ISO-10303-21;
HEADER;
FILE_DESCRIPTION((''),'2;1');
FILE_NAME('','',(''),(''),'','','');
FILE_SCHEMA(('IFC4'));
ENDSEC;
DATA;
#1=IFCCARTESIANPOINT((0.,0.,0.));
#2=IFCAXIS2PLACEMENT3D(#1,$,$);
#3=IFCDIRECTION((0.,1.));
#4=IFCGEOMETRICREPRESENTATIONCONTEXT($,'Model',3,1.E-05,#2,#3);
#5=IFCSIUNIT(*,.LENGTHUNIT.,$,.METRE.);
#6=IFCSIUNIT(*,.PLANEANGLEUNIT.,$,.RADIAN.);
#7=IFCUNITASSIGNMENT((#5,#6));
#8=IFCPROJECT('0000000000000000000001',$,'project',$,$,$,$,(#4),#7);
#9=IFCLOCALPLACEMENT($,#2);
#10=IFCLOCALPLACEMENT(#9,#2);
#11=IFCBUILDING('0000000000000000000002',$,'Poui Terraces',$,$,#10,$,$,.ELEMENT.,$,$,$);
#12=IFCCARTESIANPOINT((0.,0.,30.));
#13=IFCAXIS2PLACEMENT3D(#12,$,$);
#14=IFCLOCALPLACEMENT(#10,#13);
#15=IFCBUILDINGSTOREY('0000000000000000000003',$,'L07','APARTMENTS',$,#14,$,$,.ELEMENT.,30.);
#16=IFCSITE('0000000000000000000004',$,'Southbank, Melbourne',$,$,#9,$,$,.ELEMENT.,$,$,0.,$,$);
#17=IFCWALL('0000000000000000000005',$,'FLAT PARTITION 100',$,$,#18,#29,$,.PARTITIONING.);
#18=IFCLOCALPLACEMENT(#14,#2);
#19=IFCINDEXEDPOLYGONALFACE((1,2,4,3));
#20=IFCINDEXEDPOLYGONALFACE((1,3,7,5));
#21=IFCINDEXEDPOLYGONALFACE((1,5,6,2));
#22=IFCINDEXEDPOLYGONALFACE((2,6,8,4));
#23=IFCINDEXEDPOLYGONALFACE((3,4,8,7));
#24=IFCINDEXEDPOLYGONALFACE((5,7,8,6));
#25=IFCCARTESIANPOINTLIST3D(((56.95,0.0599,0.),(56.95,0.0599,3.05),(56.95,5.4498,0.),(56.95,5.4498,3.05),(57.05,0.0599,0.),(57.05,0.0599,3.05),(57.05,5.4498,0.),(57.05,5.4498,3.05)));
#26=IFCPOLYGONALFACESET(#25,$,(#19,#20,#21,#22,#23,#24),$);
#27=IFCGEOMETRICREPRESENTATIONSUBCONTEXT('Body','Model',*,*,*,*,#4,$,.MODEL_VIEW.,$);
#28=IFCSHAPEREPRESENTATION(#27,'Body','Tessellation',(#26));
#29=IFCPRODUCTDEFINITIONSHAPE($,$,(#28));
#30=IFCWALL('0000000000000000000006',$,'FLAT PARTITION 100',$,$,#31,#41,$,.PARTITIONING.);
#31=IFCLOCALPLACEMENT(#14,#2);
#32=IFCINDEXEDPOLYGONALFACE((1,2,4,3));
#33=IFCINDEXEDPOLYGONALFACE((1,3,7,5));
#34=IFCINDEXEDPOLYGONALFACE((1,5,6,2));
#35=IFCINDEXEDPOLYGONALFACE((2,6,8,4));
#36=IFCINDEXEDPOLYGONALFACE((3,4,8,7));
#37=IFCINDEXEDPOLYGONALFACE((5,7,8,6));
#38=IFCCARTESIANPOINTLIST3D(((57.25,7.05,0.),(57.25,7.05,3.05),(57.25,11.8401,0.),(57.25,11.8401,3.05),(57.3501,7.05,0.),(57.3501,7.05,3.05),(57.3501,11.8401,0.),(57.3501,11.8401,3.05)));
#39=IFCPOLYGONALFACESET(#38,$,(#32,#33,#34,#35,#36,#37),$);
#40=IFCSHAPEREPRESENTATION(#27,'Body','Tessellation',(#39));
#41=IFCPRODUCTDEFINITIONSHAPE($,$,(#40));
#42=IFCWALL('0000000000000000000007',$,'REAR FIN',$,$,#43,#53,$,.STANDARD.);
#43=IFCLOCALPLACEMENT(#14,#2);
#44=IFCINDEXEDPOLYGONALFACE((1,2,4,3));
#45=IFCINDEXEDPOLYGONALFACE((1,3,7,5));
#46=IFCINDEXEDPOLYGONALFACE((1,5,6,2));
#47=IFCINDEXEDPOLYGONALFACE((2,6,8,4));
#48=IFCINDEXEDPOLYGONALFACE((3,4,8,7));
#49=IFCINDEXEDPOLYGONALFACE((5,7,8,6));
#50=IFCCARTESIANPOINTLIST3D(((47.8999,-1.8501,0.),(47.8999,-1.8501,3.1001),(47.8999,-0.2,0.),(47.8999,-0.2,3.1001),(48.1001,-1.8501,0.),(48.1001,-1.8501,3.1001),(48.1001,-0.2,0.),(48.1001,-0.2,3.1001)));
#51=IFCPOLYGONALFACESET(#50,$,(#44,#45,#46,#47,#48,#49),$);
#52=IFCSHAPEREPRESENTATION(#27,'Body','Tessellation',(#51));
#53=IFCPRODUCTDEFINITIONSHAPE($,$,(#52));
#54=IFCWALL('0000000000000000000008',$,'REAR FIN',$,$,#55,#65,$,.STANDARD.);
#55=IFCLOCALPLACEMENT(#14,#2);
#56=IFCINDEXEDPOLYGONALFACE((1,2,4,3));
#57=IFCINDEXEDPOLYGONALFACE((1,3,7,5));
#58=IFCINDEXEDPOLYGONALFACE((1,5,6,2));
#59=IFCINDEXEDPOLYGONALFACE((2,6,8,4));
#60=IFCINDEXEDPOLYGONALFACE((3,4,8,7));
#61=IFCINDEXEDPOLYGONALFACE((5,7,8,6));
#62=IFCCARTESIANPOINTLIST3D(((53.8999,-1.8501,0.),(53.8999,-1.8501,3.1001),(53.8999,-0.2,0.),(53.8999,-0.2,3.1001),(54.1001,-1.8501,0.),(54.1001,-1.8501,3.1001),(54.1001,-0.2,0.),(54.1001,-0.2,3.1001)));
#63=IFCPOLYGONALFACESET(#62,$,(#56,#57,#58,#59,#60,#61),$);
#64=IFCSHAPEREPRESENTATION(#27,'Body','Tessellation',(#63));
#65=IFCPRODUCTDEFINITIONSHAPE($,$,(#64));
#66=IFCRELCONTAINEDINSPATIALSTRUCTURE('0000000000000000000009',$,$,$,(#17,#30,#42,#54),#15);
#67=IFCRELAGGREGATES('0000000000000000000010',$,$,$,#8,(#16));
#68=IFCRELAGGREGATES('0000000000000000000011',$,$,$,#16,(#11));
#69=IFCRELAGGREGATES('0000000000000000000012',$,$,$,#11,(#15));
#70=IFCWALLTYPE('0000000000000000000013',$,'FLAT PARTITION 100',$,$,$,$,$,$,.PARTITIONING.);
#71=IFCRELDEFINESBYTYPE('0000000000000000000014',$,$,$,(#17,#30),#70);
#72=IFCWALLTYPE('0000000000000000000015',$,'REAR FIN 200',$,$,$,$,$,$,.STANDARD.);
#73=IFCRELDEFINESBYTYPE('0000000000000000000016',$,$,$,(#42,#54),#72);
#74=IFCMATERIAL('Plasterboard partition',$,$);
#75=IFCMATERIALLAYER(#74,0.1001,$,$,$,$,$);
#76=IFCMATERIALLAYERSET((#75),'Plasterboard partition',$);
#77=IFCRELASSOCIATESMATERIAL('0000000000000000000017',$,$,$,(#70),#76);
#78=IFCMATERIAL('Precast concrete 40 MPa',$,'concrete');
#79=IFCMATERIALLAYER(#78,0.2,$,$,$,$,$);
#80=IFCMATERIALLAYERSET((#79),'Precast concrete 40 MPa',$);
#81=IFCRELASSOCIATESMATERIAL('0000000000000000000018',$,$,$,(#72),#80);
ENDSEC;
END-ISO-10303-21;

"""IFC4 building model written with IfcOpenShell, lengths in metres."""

from ifc_helpers import new_model, si_unit, direction, frame, frame_2d, origin, place, context, subcontext, project, spatial, polyline, rectangle, outline, extrude, source, transform, mapped, material, layer, layer_set, type_object, element, save


model = new_model("IFC4")

# Units and contexts
model_context = context("Model", 3, precision=1e-05, world=origin(), true_north=direction((0.0, 1.0)))
body_context = subcontext(model_context, "Body", "Model", "MODEL_VIEW")
ifc_project = project(units=[si_unit("LENGTHUNIT", "METRE"), si_unit("PLANEANGLEUNIT", "RADIAN")], contexts=[model_context])

# Site, building, storey
site_placement = place(None, origin())
site = spatial("IfcSite", under=ifc_project, at=site_placement, Name="Southbank, Melbourne", CompositionType="ELEMENT", RefElevation=0.0)
building_placement = place(site_placement, origin())
building = spatial("IfcBuilding", under=site, at=building_placement, Name="Poui Terraces", CompositionType="ELEMENT")
storey_placement = place(building_placement, frame((0.0, 0.0, 30.0)))
storey = spatial("IfcBuildingStorey", under=building, at=storey_placement, Name="L07", Description="APARTMENTS", CompositionType="ELEMENT", Elevation=30.0)

# Shared definitions
ifc_material_1 = material(Name="Precast concrete 40 MPa", Category="concrete")

# Shared definitions
ifc_material_2 = material(Name="Plasterboard partition")
ifc_layer_1 = layer(ifc_material_2, 0.1001)
ifc_layer_set_1 = layer_set([ifc_layer_1], Name="Plasterboard partition")
wall_type_1 = type_object("IfcWallType", Name="FLAT PARTITION 100", PredefinedType="PARTITIONING", material=ifc_layer_set_1)

# Walls
wall_1_placement = place(storey_placement, frame((57.0, 0.0601, 0.0), z_axis=(0.0, 0.0, 1.0), x_axis=(0.0, 1.0, 0.0)))
element("IfcWall", 1, at=wall_1_placement, inside=storey, type_object=wall_type_1, Name="FLAT PARTITION 100", PredefinedType="PARTITIONING", context=body_context, shape_type="SweptSolid", body=[
    extrude(rectangle(XDim=5.3899, YDim=0.1001, at=frame_2d((2.6948, 0.0))), origin(), (0.0, 0.0, 1.0), 3.05),
])
wall_2_placement = place(storey_placement, frame((57.3, 7.05, 0.0), z_axis=(0.0, 0.0, 1.0), x_axis=(0.0, 1.0, 0.0)))
element("IfcWall", 2, at=wall_2_placement, inside=storey, type_object=wall_type_1, Name="FLAT PARTITION 100", PredefinedType="PARTITIONING", context=body_context, shape_type="SweptSolid", body=[
    extrude(rectangle(XDim=4.79, YDim=0.1001, at=frame_2d((2.395, 0.0))), origin(), (0.0, 0.0, 1.0), 3.05),
])
ifc_layer_2 = layer(ifc_material_1, 0.2)
ifc_layer_set_2 = layer_set([ifc_layer_2], Name="Precast concrete 40 MPa")
wall_type_2 = type_object("IfcWallType", Name="REAR FIN 200", PredefinedType="STANDARD", material=ifc_layer_set_2)
shared_shape_1 = source(origin(), body_context, "Body", "SweptSolid", [
    extrude(outline(polyline([(0.0, 0.0), (0.2002, 0.0), (0.2002, 1.6501), (0.0, 1.6501), (0.0, 0.0)])), origin(), (0.0, 0.0, 1.0), 3.1001),
])
for number, where, name in (
    (3, (47.8999, -1.8501, 0.0), "REAR FIN"),
    (4, (53.8999, -1.8501, 0.0), "REAR FIN"),
):
    element("IfcWall", number, at=place(storey_placement, frame(where)), inside=storey, type_object=wall_type_2, Name=name, PredefinedType="STANDARD", context=body_context, shape_type="MappedRepresentation", body=[
        mapped(shared_shape_1, transform((0.0, 0.0, 0.0))),
    ])

save(model, "model.ifc")
